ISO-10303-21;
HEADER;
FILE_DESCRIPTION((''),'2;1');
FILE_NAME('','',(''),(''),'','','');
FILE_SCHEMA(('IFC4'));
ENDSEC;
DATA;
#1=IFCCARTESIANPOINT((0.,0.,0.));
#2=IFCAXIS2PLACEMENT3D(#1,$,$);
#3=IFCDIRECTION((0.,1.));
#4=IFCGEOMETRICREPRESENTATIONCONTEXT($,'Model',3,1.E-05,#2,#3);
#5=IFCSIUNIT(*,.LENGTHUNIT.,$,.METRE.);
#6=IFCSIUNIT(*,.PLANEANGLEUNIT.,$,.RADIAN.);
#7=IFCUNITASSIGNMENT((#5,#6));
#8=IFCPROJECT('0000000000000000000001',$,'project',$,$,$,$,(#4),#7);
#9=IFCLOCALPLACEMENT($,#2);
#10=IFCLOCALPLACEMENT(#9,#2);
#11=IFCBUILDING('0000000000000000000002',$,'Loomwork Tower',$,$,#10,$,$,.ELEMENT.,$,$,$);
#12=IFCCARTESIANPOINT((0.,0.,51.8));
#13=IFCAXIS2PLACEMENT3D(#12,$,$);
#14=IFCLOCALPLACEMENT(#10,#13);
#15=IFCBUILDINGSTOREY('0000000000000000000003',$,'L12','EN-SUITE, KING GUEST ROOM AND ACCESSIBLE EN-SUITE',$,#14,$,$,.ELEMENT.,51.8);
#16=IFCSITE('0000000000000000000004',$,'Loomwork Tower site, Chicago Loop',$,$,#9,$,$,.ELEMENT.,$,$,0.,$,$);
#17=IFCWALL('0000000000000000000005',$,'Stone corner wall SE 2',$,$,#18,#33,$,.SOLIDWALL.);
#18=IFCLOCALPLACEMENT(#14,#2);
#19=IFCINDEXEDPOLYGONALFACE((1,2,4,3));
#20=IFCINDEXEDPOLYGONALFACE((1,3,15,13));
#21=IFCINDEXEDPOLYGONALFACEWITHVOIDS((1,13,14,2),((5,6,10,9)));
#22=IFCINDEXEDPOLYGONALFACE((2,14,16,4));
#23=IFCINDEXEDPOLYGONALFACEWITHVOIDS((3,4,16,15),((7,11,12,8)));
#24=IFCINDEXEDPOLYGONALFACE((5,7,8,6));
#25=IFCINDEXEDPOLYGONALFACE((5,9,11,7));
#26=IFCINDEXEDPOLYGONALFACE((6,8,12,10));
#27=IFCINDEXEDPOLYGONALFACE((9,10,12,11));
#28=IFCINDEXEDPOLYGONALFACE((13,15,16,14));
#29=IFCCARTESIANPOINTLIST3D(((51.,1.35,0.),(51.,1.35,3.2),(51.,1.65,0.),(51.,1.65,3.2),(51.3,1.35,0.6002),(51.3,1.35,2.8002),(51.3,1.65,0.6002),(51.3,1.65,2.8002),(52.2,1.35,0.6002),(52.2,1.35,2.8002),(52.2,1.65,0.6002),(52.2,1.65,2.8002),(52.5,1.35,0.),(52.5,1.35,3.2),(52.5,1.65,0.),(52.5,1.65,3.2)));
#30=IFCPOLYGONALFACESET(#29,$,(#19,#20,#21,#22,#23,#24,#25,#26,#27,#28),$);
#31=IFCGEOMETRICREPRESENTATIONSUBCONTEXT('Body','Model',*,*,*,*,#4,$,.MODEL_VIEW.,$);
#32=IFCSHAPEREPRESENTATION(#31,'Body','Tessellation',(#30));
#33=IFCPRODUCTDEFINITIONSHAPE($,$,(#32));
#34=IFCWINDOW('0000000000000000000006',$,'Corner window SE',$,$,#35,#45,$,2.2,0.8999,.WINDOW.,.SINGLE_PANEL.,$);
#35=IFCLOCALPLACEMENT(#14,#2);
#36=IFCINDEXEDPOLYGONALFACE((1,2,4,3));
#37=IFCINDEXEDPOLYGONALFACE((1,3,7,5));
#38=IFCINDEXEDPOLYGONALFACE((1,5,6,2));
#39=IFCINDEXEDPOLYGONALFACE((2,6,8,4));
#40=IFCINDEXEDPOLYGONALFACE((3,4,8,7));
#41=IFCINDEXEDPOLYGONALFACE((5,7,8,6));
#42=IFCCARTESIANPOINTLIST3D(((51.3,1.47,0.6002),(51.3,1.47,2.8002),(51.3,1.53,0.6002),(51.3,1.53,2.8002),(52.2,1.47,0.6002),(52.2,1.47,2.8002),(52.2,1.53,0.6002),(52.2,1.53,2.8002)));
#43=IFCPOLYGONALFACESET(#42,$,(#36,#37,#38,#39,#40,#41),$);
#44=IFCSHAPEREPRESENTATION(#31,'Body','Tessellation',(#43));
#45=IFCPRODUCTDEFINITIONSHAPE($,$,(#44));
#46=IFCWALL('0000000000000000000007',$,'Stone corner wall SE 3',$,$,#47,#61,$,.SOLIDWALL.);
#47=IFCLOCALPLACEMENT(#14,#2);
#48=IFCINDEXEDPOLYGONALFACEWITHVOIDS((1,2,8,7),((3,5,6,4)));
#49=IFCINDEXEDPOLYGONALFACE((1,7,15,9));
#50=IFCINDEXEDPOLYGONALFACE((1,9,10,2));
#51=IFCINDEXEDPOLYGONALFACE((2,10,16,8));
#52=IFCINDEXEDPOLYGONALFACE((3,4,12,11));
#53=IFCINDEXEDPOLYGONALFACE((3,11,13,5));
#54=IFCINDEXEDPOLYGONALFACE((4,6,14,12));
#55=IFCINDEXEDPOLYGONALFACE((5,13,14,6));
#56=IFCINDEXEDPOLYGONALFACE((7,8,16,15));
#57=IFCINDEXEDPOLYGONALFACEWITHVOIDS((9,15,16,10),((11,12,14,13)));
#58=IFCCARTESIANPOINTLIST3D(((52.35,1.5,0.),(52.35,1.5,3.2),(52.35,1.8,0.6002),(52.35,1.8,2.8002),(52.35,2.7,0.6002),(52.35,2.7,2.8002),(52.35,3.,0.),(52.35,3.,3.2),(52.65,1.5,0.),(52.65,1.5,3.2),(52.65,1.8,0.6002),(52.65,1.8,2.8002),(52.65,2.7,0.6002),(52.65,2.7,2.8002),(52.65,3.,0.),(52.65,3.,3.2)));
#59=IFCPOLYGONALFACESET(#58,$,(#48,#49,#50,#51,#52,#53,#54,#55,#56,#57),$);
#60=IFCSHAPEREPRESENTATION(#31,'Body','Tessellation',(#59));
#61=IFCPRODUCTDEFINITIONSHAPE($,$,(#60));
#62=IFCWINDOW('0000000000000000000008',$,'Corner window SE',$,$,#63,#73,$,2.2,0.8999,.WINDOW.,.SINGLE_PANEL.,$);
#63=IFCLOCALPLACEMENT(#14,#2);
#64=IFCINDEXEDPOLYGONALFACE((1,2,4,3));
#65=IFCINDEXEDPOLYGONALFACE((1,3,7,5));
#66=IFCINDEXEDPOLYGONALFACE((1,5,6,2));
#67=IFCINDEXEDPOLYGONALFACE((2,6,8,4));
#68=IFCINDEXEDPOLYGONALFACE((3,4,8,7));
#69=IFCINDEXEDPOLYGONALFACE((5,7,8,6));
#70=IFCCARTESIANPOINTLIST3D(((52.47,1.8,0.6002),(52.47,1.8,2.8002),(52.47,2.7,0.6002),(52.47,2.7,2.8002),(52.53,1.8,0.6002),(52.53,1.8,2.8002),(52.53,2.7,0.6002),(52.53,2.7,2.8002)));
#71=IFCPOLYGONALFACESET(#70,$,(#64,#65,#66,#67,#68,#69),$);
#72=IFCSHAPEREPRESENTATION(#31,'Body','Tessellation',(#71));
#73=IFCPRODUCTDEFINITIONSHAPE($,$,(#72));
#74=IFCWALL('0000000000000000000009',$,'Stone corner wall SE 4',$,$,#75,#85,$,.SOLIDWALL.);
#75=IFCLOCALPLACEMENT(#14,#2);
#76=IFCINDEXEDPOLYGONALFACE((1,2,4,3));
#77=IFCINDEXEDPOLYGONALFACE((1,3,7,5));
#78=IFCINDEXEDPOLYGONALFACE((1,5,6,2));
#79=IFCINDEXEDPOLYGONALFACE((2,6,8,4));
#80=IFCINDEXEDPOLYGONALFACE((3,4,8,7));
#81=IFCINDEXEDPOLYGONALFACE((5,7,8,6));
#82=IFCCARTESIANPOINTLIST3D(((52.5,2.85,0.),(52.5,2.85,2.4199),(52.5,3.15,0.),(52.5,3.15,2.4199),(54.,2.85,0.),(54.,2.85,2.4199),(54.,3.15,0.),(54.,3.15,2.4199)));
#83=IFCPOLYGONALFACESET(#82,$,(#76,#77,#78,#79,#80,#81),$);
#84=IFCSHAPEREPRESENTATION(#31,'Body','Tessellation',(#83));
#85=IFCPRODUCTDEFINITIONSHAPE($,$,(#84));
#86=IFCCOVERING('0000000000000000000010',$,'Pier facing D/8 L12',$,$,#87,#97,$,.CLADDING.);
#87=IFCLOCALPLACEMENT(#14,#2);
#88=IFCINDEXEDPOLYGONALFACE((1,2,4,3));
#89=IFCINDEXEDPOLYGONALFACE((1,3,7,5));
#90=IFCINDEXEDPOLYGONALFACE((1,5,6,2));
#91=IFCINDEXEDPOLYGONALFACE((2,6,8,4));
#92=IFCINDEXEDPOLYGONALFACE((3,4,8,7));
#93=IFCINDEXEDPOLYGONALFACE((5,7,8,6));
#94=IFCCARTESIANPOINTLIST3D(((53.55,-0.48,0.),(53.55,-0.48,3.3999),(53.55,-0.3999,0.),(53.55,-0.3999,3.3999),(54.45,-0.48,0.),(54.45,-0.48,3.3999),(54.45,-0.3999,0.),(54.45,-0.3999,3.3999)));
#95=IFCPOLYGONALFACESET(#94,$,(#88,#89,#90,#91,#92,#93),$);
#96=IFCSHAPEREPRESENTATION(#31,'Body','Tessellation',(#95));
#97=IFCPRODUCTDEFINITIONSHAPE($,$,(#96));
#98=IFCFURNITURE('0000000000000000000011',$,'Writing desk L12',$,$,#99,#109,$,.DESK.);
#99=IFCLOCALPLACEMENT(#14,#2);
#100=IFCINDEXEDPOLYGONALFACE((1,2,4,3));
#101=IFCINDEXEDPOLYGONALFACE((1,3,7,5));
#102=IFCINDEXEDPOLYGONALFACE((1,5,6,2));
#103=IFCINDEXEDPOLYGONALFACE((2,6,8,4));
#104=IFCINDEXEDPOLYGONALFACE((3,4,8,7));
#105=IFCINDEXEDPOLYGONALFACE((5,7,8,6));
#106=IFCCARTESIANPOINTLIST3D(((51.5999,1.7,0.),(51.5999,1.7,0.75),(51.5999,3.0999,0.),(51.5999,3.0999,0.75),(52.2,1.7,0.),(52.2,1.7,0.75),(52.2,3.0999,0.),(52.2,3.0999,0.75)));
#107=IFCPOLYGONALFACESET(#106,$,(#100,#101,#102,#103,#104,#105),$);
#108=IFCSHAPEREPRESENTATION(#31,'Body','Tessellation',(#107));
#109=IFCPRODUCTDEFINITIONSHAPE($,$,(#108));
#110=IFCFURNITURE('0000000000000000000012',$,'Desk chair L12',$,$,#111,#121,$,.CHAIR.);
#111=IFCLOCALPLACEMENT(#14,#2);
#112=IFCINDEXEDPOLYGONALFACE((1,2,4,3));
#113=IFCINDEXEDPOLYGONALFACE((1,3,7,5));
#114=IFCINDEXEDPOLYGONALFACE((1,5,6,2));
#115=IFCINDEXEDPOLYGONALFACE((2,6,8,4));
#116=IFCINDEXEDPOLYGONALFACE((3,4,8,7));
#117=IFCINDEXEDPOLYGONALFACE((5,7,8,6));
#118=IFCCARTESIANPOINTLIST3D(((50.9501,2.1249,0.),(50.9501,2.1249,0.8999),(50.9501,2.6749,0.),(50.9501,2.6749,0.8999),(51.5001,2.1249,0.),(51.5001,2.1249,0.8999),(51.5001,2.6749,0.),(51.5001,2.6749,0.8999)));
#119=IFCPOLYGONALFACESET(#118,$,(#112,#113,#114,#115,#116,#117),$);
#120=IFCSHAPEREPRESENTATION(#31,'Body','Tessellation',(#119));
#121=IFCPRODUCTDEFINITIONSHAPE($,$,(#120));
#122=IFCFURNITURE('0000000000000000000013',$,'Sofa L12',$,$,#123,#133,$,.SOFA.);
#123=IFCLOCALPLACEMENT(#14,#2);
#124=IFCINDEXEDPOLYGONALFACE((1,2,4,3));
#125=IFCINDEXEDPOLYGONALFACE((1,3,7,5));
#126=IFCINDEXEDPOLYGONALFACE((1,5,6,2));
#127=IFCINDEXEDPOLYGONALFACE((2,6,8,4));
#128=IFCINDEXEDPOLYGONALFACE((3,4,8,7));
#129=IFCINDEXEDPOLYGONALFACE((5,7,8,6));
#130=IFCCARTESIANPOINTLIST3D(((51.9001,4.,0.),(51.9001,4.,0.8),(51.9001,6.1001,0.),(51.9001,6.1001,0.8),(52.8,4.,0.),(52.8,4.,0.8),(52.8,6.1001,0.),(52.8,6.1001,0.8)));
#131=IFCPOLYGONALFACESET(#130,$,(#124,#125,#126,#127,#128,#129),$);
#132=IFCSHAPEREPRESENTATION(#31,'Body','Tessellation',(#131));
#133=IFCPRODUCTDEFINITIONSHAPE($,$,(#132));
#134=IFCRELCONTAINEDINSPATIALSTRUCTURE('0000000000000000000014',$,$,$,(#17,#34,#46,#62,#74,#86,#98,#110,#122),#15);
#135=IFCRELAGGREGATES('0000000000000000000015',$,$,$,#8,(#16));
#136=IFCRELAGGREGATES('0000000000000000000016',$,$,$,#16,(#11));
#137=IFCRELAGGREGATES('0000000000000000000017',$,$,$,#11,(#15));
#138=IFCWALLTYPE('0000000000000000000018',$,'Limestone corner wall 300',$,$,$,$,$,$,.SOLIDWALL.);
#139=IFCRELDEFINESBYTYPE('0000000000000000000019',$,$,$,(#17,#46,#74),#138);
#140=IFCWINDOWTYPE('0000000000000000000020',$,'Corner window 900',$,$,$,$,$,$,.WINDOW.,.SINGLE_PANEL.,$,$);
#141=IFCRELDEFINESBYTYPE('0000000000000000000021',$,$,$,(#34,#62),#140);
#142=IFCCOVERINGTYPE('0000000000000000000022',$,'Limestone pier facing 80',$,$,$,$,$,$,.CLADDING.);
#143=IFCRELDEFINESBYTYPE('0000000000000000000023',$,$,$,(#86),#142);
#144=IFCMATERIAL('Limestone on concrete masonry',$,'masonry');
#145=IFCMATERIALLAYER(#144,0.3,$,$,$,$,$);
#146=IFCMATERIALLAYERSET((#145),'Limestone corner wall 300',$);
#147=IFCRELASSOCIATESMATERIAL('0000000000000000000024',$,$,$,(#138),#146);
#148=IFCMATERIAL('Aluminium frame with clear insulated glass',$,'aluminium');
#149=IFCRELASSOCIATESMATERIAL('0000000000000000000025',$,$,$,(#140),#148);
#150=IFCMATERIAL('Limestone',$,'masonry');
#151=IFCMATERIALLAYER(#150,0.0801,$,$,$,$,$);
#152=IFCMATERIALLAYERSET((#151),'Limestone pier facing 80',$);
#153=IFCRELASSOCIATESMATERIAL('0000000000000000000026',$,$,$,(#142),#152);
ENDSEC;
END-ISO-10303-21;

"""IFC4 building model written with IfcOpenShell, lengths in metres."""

from ifc_helpers import new_model, si_unit, direction, frame, frame_2d, origin, origin_2d, place, context, subcontext, project, spatial, rectangle, extrude, material, layer, layer_set, type_object, element, fill, save


model = new_model("IFC4")

# Units and contexts
model_context = context("Model", 3, precision=1e-05, world=origin(), true_north=direction((0.0, 1.0)))
body_context = subcontext(model_context, "Body", "Model", "MODEL_VIEW")
ifc_project = project(units=[si_unit("LENGTHUNIT", "METRE"), si_unit("PLANEANGLEUNIT", "RADIAN")], contexts=[model_context])

# Site, building, storey
site_placement = place(None, origin())
site = spatial("IfcSite", under=ifc_project, at=site_placement, Name="Loomwork Tower site, Chicago Loop", CompositionType="ELEMENT", RefElevation=0.0)
building_placement = place(site_placement, origin())
building = spatial("IfcBuilding", under=site, at=building_placement, Name="Loomwork Tower", CompositionType="ELEMENT")
storey_placement = place(building_placement, frame((0.0, 0.0, 51.8)))
storey = spatial("IfcBuildingStorey", under=building, at=storey_placement, Name="L12", Description="EN-SUITE, KING GUEST ROOM AND ACCESSIBLE EN-SUITE", CompositionType="ELEMENT", Elevation=51.8)

# Shared definitions
ifc_material_1 = material(Name="Limestone on concrete masonry", Category="masonry")
ifc_layer_1 = layer(ifc_material_1, 0.3)
ifc_layer_set_1 = layer_set([ifc_layer_1], Name="Limestone corner wall 300")
wall_type_1 = type_object("IfcWallType", Name="Limestone corner wall 300", PredefinedType="SOLIDWALL", material=ifc_layer_set_1)

# Walls, openings, windows
wall_1_placement = place(storey_placement, frame((51.0, 1.5, 0.0), z_axis=(0.0, 0.0, 1.0), x_axis=(1.0, 0.0, 0.0)))
wall_1 = element("IfcWall", 1, at=wall_1_placement, inside=storey, type_object=wall_type_1, Name="Stone corner wall SE 2", PredefinedType="SOLIDWALL", context=body_context, shape_type="SweptSolid", body=[
    extrude(rectangle(XDim=1.5, YDim=0.3, at=frame_2d((0.75, 0.0))), origin(), (0.0, 0.0, 1.0), 3.2),
])
opening_1_placement = place(wall_1_placement, frame((0.3, 0.0, 0.6001)))
opening_1 = element("IfcOpeningElement", 2, at=opening_1_placement, cuts=wall_1, PredefinedType="OPENING", context=body_context, shape_type="SweptSolid", body=[
    extrude(rectangle(XDim=0.8999, YDim=2.2, at=frame_2d((0.45, 1.1001))), frame((0.0, 0.1599, 0.0), z_axis=(0.0, -1.0, 0.0), x_axis=(1.0, 0.0, 0.0)), (0.0, 0.0, 1.0), 0.3201),
])
ifc_material_2 = material(Name="Aluminium frame with clear insulated glass", Category="aluminium")
window_type = type_object("IfcWindowType", Name="Corner window 900", PartitioningType="SINGLE_PANEL", PredefinedType="WINDOW", material=ifc_material_2)
window_1_placement = place(opening_1_placement, origin())
window_1 = element("IfcWindow", 3, at=window_1_placement, inside=storey, type_object=window_type, Name="Corner window SE", OverallHeight=2.2, OverallWidth=0.8999, PartitioningType="SINGLE_PANEL", PredefinedType="WINDOW", context=body_context, shape_type="SweptSolid", body=[
    extrude(rectangle(XDim=0.8999, YDim=2.2, at=frame_2d((0.45, 1.1001))), frame((0.0, 0.03, 0.0), z_axis=(0.0, -1.0, 0.0), x_axis=(1.0, 0.0, 0.0)), (0.0, 0.0, 1.0), 0.0601),
])
fill(opening_1, window_1)
wall_2_placement = place(storey_placement, frame((52.5, 1.5, 0.0), z_axis=(0.0, 0.0, 1.0), x_axis=(0.0, 1.0, 0.0)))
wall_2 = element("IfcWall", 4, at=wall_2_placement, inside=storey, type_object=wall_type_1, Name="Stone corner wall SE 3", PredefinedType="SOLIDWALL", context=body_context, shape_type="SweptSolid", body=[
    extrude(rectangle(XDim=1.5, YDim=0.3, at=frame_2d((0.75, 0.0))), origin(), (0.0, 0.0, 1.0), 3.2),
])
opening_2_placement = place(wall_2_placement, frame((0.3, 0.0, 0.6001)))
opening_2 = element("IfcOpeningElement", 5, at=opening_2_placement, cuts=wall_2, PredefinedType="OPENING", context=body_context, shape_type="SweptSolid", body=[
    extrude(rectangle(XDim=0.8999, YDim=2.2, at=frame_2d((0.45, 1.1001))), frame((0.0, 0.1599, 0.0), z_axis=(0.0, -1.0, 0.0), x_axis=(1.0, 0.0, 0.0)), (0.0, 0.0, 1.0), 0.3201),
])
window_2_placement = place(opening_2_placement, origin())
window_2 = element("IfcWindow", 6, at=window_2_placement, inside=storey, type_object=window_type, Name="Corner window SE", OverallHeight=2.2, OverallWidth=0.8999, PartitioningType="SINGLE_PANEL", PredefinedType="WINDOW", context=body_context, shape_type="SweptSolid", body=[
    extrude(rectangle(XDim=0.8999, YDim=2.2, at=frame_2d((0.45, 1.1001))), frame((0.0, 0.03, 0.0), z_axis=(0.0, -1.0, 0.0), x_axis=(1.0, 0.0, 0.0)), (0.0, 0.0, 1.0), 0.0601),
])
fill(opening_2, window_2)

# Wall
wall_3_placement = place(storey_placement, frame((52.5, 3.0, 0.0), z_axis=(0.0, 0.0, 1.0), x_axis=(1.0, 0.0, 0.0)))
element("IfcWall", 7, at=wall_3_placement, inside=storey, type_object=wall_type_1, Name="Stone corner wall SE 4", PredefinedType="SOLIDWALL", context=body_context, shape_type="SweptSolid", body=[
    extrude(rectangle(XDim=1.5, YDim=0.3, at=frame_2d((0.75, 0.0))), origin(), (0.0, 0.0, 1.0), 2.4199),
])

# Covering
ifc_material_3 = material(Name="Limestone", Category="masonry")
ifc_layer_2 = layer(ifc_material_3, 0.0801)
ifc_layer_set_2 = layer_set([ifc_layer_2], Name="Limestone pier facing 80")
covering_type = type_object("IfcCoveringType", Name="Limestone pier facing 80", PredefinedType="CLADDING", material=ifc_layer_set_2)
covering_placement = place(storey_placement, frame((54.0, -0.4399, 0.0), z_axis=(0.0, 0.0, 1.0), x_axis=(1.0, 0.0, 0.0)))
element("IfcCovering", 8, at=covering_placement, inside=storey, type_object=covering_type, Name="Pier facing D/8 L12", PredefinedType="CLADDING", context=body_context, shape_type="SweptSolid", body=[
    extrude(rectangle(XDim=0.8999, YDim=0.0801, at=origin_2d()), origin(), (0.0, 0.0, 1.0), 3.3999),
])

# Furniture
furniture_1_placement = place(storey_placement, frame((51.8999, 2.3999, 0.0), z_axis=(0.0, 0.0, 1.0), x_axis=(1.0, 0.0, 0.0)))
element("IfcFurniture", 9, at=furniture_1_placement, inside=storey, Name="Writing desk L12", PredefinedType="DESK", context=body_context, shape_type="SweptSolid", body=[
    extrude(rectangle(XDim=0.6001, YDim=1.3999, at=origin_2d()), origin(), (0.0, 0.0, 1.0), 0.75),
])
furniture_2_placement = place(storey_placement, frame((51.2251, 2.3999, 0.0), z_axis=(0.0, 0.0, 1.0), x_axis=(1.0, 0.0, 0.0)))
element("IfcFurniture", 10, at=furniture_2_placement, inside=storey, Name="Desk chair L12", PredefinedType="CHAIR", context=body_context, shape_type="SweptSolid", body=[
    extrude(rectangle(XDim=0.55, YDim=0.55, at=origin_2d()), origin(), (0.0, 0.0, 1.0), 0.8999),
])
furniture_3_placement = place(storey_placement, frame((52.3501, 5.05, 0.0), z_axis=(0.0, 0.0, 1.0), x_axis=(1.0, 0.0, 0.0)))
element("IfcFurniture", 11, at=furniture_3_placement, inside=storey, Name="Sofa L12", PredefinedType="SOFA", context=body_context, shape_type="SweptSolid", body=[
    extrude(rectangle(XDim=0.8999, YDim=2.1001, at=origin_2d()), origin(), (0.0, 0.0, 1.0), 0.8),
])

save(model, "model.ifc")
